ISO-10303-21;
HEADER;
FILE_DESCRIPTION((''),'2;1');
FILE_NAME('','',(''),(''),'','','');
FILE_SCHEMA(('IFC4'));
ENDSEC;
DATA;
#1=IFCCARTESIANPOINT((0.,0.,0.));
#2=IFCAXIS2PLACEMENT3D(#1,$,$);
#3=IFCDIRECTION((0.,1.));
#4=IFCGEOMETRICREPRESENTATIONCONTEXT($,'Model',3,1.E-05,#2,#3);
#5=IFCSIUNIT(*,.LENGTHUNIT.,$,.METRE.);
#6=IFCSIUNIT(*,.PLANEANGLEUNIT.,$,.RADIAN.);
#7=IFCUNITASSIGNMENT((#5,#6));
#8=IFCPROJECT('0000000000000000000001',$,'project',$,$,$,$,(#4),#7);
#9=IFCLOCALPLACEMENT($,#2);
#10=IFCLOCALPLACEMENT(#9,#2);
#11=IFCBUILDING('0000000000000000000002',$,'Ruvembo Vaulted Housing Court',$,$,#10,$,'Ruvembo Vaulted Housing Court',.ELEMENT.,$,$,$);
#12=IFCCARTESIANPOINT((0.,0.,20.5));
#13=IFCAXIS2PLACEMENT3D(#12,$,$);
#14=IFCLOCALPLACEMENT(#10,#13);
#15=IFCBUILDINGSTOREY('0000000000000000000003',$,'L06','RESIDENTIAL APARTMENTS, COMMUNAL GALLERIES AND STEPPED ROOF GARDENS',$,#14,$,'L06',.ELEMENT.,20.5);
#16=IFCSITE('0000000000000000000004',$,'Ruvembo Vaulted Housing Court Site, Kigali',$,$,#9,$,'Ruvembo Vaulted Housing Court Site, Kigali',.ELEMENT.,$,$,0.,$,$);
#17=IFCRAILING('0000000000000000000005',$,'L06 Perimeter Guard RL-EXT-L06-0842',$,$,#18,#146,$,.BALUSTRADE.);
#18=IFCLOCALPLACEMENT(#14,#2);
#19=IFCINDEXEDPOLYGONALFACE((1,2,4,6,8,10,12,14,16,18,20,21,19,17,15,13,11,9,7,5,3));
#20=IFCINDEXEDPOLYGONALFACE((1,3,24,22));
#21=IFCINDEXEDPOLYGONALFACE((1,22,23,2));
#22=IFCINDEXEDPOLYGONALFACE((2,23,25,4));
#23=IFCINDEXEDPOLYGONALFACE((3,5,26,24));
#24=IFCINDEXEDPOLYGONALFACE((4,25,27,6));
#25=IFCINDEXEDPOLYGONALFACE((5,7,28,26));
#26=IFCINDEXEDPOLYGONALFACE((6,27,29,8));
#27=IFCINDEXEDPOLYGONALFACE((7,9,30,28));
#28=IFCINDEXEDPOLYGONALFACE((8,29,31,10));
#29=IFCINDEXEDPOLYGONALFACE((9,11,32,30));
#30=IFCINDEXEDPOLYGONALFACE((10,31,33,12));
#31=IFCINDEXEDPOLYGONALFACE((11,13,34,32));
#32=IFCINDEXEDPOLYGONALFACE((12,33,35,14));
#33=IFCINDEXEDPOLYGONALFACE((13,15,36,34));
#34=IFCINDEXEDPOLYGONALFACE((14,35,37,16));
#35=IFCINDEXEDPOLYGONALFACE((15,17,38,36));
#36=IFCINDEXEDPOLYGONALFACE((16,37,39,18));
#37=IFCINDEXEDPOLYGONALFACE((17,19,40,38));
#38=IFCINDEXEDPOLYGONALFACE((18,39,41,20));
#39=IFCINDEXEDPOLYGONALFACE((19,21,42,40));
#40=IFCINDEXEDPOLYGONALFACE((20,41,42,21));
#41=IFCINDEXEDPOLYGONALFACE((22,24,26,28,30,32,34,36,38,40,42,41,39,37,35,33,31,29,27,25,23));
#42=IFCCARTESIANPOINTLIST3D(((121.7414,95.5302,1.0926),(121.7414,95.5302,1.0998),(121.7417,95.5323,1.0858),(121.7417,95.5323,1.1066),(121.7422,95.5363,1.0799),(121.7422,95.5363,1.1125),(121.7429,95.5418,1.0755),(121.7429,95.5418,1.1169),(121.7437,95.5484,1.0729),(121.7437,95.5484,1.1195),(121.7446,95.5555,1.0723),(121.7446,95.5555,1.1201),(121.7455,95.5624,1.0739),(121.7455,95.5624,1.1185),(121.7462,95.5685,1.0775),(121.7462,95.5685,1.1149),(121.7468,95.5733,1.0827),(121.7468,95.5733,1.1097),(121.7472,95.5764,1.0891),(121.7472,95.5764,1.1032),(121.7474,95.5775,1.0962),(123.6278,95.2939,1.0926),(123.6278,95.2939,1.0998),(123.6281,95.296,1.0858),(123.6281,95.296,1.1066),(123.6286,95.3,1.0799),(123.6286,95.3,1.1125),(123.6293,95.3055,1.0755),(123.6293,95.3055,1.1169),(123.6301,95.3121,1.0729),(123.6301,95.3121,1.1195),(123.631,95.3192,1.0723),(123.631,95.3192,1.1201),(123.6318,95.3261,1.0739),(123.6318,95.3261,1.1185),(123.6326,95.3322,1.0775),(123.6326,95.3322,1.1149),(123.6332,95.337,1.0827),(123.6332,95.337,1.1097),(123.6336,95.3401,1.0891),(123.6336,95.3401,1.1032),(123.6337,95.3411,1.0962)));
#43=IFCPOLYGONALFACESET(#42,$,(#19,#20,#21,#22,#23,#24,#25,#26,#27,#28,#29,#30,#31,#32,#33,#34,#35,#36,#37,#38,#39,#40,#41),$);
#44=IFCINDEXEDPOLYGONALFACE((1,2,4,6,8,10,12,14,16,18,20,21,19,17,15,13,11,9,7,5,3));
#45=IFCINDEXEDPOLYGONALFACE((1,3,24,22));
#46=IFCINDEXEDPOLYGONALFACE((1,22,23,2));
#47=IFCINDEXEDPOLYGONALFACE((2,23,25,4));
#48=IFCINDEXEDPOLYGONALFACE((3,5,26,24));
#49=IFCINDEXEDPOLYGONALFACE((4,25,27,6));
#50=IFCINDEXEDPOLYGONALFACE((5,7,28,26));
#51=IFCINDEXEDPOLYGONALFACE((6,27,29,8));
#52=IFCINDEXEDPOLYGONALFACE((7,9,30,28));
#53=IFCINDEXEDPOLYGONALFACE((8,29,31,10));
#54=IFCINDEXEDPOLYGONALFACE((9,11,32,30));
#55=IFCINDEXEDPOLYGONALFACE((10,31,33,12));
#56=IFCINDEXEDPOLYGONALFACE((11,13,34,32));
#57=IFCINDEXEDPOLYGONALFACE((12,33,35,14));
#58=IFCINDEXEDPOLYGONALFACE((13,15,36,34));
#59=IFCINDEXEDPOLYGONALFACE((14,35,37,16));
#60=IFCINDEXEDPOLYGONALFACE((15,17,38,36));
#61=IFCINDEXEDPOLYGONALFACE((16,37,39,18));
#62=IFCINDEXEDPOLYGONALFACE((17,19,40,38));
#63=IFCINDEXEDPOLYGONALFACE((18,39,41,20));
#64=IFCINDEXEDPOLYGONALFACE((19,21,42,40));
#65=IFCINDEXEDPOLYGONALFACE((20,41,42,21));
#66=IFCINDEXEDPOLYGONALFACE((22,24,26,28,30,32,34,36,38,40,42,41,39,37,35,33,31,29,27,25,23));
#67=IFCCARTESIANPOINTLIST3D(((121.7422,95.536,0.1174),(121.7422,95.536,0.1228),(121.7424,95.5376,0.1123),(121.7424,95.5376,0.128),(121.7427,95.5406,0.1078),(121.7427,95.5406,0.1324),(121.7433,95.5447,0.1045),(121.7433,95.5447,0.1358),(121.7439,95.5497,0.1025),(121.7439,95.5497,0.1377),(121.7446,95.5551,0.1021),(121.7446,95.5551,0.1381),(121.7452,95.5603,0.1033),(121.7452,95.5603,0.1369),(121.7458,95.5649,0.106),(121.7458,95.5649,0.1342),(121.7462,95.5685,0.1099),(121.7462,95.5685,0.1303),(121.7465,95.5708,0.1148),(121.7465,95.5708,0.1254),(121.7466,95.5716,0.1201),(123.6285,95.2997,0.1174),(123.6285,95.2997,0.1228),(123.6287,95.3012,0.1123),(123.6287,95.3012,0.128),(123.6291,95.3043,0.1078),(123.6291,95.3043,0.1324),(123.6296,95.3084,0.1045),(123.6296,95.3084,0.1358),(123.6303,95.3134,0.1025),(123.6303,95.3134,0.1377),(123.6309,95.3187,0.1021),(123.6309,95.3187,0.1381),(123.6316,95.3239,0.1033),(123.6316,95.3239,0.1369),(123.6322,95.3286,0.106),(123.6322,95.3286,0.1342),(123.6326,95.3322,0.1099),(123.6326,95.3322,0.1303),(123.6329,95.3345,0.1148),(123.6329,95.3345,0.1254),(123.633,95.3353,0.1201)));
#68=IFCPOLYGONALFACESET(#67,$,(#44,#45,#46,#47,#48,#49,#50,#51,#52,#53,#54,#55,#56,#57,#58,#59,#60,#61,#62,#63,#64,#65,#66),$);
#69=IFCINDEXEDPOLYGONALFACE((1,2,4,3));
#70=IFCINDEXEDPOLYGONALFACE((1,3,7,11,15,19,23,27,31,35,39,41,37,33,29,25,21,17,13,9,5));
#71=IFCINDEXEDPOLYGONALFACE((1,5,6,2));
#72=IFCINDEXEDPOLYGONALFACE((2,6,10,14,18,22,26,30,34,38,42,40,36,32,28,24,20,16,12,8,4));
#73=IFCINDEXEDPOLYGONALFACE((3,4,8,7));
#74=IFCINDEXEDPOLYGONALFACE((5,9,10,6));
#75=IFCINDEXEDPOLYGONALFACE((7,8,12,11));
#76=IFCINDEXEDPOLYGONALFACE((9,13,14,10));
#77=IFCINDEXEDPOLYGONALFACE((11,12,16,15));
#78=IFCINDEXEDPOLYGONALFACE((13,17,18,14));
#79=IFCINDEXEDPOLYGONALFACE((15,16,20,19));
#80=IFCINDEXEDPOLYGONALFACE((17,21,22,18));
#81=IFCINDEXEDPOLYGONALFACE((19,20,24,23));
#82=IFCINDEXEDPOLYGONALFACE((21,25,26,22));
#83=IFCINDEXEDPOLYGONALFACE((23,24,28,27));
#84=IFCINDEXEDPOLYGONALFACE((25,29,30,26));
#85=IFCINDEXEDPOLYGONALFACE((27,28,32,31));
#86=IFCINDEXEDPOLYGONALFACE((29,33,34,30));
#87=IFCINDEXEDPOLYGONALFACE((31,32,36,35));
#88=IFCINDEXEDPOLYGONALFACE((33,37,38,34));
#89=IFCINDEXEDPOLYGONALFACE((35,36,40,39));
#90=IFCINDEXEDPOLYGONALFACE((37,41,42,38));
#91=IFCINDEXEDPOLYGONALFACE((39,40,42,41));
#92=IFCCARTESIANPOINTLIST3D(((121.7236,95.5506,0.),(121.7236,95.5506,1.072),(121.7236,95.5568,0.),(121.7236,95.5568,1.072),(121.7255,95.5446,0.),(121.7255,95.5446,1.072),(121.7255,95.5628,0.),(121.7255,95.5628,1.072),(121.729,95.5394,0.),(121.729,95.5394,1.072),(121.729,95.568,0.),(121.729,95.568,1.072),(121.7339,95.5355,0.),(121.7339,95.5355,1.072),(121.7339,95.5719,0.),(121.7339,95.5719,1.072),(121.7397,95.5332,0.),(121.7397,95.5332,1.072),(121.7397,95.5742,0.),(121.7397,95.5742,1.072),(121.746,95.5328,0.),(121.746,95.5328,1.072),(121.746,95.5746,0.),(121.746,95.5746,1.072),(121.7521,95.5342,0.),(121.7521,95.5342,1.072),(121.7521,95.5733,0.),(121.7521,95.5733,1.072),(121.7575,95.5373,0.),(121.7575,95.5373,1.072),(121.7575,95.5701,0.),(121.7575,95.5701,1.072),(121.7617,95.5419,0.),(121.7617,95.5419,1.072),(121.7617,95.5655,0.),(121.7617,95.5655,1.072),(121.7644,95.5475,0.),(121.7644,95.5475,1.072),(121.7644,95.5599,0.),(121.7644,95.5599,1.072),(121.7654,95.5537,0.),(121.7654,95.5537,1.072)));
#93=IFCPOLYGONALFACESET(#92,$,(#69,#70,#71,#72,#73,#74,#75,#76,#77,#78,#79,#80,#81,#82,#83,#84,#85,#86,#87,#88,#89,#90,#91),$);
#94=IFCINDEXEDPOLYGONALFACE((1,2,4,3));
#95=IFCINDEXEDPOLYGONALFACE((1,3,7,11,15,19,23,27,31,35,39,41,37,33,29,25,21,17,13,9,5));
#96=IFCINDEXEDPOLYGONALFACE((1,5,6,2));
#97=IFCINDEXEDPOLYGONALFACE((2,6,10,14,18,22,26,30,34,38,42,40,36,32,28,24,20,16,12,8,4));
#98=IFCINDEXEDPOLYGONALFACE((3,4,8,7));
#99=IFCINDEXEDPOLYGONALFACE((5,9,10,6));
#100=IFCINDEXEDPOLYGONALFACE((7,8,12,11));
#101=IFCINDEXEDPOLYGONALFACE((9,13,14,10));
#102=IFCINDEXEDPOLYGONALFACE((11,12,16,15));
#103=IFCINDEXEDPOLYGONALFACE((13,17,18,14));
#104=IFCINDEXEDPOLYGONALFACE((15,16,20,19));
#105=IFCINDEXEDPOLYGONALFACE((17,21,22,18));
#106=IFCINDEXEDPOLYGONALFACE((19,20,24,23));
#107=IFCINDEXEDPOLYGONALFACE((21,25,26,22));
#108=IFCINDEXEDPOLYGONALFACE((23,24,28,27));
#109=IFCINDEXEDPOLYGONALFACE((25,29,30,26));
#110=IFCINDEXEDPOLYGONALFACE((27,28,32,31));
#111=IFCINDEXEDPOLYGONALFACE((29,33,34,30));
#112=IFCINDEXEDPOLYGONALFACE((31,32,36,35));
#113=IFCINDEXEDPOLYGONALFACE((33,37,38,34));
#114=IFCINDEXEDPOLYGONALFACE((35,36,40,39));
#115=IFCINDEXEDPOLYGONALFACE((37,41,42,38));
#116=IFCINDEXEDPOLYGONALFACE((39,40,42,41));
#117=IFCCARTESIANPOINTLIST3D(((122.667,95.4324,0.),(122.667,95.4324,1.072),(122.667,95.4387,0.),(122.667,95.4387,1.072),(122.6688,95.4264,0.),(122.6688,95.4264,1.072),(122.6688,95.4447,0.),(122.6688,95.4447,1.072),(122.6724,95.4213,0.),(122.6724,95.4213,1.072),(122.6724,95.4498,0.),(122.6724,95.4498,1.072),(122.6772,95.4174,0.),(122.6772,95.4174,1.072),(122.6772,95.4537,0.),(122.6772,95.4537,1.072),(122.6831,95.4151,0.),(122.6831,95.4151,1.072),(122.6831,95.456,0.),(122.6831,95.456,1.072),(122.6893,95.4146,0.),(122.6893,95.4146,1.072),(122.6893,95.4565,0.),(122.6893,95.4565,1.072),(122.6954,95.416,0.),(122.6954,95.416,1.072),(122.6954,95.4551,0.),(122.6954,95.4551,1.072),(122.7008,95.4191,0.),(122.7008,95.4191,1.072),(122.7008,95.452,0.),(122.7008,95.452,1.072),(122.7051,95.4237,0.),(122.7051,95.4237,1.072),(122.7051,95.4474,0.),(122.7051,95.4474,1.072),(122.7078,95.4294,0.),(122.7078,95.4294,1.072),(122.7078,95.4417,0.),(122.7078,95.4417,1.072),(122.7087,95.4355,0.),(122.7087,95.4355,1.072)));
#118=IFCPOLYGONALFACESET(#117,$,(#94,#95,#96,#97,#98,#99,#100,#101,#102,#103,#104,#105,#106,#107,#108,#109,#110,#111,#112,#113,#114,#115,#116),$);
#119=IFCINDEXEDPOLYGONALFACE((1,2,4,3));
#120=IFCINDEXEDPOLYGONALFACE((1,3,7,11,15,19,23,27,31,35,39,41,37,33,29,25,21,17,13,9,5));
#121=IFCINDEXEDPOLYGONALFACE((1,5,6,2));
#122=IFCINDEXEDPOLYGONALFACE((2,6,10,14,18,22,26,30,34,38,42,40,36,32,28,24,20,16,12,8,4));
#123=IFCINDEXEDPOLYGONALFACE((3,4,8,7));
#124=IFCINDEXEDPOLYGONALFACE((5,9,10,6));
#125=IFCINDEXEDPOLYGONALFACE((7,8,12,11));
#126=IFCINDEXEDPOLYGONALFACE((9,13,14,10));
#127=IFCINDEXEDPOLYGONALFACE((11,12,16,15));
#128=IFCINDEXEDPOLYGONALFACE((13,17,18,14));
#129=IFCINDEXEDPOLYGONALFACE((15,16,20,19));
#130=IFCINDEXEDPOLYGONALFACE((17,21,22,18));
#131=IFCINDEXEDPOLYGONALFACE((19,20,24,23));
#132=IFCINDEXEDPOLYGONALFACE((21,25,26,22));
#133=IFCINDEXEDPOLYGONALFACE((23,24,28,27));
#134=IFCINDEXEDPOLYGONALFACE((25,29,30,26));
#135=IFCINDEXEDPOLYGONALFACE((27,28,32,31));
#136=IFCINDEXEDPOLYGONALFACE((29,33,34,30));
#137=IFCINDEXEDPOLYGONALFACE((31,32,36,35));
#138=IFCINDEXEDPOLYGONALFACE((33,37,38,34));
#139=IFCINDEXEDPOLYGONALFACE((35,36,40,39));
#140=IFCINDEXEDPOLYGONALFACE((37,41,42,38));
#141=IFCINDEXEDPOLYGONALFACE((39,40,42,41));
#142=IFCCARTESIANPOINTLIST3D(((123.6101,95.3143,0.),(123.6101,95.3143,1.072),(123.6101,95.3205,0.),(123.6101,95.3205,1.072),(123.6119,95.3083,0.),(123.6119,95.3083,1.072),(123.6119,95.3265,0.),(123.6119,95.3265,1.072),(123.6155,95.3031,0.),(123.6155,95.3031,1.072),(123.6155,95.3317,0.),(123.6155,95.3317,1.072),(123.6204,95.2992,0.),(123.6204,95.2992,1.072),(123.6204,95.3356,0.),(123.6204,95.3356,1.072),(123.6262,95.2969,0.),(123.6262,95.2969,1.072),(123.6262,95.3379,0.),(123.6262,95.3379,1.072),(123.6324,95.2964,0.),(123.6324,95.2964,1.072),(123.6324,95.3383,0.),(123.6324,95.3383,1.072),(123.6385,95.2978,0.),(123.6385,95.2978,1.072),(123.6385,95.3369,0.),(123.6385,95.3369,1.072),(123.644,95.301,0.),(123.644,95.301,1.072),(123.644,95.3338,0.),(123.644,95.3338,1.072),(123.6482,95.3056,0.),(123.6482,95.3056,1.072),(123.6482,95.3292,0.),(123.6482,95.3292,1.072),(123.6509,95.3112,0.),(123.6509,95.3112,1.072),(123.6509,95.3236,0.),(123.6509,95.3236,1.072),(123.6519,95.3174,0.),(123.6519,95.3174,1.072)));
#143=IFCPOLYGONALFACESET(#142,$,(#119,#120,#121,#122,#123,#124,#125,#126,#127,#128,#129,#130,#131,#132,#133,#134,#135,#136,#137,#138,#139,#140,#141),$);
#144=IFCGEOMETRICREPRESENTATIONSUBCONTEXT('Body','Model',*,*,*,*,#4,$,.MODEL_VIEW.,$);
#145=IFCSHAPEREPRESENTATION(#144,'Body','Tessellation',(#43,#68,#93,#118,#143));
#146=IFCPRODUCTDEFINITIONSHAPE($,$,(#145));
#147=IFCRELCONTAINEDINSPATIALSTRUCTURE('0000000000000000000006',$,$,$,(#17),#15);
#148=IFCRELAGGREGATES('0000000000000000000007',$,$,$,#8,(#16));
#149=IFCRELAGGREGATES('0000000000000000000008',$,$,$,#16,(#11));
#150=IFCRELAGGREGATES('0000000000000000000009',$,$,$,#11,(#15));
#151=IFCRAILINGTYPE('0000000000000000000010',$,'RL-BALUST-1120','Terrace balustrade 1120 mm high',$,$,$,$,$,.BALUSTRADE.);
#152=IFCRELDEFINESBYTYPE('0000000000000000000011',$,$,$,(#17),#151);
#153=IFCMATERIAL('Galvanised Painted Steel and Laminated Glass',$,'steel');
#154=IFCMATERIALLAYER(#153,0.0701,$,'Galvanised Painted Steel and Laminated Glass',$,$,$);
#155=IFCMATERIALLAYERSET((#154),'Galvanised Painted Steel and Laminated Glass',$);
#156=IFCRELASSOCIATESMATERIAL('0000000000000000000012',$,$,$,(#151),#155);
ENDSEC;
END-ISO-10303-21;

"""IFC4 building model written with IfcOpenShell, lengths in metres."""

from ifc_helpers import new_model, si_unit, direction, frame, origin, origin_2d, place, context, subcontext, project, spatial, circle, extrude, material, layer, layer_set, type_object, element, save


model = new_model("IFC4")

# Units and contexts
model_context = context("Model", 3, precision=1e-05, world=origin(), true_north=direction((0.0, 1.0)))
body_context = subcontext(model_context, "Body", "Model", "MODEL_VIEW")
ifc_project = project(units=[si_unit("LENGTHUNIT", "METRE"), si_unit("PLANEANGLEUNIT", "RADIAN")], contexts=[model_context])

# Site, building, storey
site_placement = place(None, origin())
site = spatial("IfcSite", under=ifc_project, at=site_placement, Name="Ruvembo Vaulted Housing Court Site, Kigali", LongName="Ruvembo Vaulted Housing Court Site, Kigali", CompositionType="ELEMENT", RefElevation=0.0)
building_placement = place(site_placement, origin())
building = spatial("IfcBuilding", under=site, at=building_placement, Name="Ruvembo Vaulted Housing Court", LongName="Ruvembo Vaulted Housing Court", CompositionType="ELEMENT")
storey_placement = place(building_placement, frame((0.0, 0.0, 20.5)))
storey = spatial("IfcBuildingStorey", under=building, at=storey_placement, Name="L06", Description="RESIDENTIAL APARTMENTS, COMMUNAL GALLERIES AND STEPPED ROOF GARDENS", LongName="L06", CompositionType="ELEMENT", Elevation=20.5)

# Railing
ifc_material_1 = material(Name="Galvanised Painted Steel and Laminated Glass", Category="steel")
ifc_layer = layer(ifc_material_1, 0.0701, Name="Galvanised Painted Steel and Laminated Glass")
ifc_layer_set = layer_set([ifc_layer], Name="Galvanised Painted Steel and Laminated Glass")
railing_type = type_object("IfcRailingType", Name="RL-BALUST-1120", Description="Terrace balustrade 1120 mm high", PredefinedType="BALUSTRADE", material=ifc_layer_set)
railing_1_placement = place(storey_placement, frame((121.7444, 95.5537, 0.0)))
element("IfcRailing", 1, at=railing_1_placement, inside=storey, type_object=railing_type, Name="L06 Perimeter Guard RL-EXT-L06-0842", PredefinedType="BALUSTRADE", context=body_context, shape_type="SweptSolid", body=[
    extrude(circle(Radius=0.0239, at=origin_2d()), frame((0.0, 0.0, 1.0962), z_axis=(0.992244, -0.124303, 0.0), x_axis=(0.124303, 0.992244, 0.0)), (0.0, 0.0, 1.0), 1.9011),
    extrude(circle(Radius=0.0181, at=origin_2d()), frame((0.0, 0.0, 0.1201), z_axis=(0.992244, -0.124303, 0.0), x_axis=(0.124303, 0.992244, 0.0)), (0.0, 0.0, 1.0), 1.9011),
    extrude(circle(Radius=0.021, at=origin_2d()), origin(), (0.0, 0.0, 1.0), 1.072),
    extrude(circle(Radius=0.021, at=origin_2d()), frame((0.9434, -0.1182, 0.0)), (0.0, 0.0, 1.0), 1.072),
    extrude(circle(Radius=0.021, at=origin_2d()), frame((1.8865, -0.2363, 0.0)), (0.0, 0.0, 1.0), 1.072),
])

save(model, "model.ifc")
